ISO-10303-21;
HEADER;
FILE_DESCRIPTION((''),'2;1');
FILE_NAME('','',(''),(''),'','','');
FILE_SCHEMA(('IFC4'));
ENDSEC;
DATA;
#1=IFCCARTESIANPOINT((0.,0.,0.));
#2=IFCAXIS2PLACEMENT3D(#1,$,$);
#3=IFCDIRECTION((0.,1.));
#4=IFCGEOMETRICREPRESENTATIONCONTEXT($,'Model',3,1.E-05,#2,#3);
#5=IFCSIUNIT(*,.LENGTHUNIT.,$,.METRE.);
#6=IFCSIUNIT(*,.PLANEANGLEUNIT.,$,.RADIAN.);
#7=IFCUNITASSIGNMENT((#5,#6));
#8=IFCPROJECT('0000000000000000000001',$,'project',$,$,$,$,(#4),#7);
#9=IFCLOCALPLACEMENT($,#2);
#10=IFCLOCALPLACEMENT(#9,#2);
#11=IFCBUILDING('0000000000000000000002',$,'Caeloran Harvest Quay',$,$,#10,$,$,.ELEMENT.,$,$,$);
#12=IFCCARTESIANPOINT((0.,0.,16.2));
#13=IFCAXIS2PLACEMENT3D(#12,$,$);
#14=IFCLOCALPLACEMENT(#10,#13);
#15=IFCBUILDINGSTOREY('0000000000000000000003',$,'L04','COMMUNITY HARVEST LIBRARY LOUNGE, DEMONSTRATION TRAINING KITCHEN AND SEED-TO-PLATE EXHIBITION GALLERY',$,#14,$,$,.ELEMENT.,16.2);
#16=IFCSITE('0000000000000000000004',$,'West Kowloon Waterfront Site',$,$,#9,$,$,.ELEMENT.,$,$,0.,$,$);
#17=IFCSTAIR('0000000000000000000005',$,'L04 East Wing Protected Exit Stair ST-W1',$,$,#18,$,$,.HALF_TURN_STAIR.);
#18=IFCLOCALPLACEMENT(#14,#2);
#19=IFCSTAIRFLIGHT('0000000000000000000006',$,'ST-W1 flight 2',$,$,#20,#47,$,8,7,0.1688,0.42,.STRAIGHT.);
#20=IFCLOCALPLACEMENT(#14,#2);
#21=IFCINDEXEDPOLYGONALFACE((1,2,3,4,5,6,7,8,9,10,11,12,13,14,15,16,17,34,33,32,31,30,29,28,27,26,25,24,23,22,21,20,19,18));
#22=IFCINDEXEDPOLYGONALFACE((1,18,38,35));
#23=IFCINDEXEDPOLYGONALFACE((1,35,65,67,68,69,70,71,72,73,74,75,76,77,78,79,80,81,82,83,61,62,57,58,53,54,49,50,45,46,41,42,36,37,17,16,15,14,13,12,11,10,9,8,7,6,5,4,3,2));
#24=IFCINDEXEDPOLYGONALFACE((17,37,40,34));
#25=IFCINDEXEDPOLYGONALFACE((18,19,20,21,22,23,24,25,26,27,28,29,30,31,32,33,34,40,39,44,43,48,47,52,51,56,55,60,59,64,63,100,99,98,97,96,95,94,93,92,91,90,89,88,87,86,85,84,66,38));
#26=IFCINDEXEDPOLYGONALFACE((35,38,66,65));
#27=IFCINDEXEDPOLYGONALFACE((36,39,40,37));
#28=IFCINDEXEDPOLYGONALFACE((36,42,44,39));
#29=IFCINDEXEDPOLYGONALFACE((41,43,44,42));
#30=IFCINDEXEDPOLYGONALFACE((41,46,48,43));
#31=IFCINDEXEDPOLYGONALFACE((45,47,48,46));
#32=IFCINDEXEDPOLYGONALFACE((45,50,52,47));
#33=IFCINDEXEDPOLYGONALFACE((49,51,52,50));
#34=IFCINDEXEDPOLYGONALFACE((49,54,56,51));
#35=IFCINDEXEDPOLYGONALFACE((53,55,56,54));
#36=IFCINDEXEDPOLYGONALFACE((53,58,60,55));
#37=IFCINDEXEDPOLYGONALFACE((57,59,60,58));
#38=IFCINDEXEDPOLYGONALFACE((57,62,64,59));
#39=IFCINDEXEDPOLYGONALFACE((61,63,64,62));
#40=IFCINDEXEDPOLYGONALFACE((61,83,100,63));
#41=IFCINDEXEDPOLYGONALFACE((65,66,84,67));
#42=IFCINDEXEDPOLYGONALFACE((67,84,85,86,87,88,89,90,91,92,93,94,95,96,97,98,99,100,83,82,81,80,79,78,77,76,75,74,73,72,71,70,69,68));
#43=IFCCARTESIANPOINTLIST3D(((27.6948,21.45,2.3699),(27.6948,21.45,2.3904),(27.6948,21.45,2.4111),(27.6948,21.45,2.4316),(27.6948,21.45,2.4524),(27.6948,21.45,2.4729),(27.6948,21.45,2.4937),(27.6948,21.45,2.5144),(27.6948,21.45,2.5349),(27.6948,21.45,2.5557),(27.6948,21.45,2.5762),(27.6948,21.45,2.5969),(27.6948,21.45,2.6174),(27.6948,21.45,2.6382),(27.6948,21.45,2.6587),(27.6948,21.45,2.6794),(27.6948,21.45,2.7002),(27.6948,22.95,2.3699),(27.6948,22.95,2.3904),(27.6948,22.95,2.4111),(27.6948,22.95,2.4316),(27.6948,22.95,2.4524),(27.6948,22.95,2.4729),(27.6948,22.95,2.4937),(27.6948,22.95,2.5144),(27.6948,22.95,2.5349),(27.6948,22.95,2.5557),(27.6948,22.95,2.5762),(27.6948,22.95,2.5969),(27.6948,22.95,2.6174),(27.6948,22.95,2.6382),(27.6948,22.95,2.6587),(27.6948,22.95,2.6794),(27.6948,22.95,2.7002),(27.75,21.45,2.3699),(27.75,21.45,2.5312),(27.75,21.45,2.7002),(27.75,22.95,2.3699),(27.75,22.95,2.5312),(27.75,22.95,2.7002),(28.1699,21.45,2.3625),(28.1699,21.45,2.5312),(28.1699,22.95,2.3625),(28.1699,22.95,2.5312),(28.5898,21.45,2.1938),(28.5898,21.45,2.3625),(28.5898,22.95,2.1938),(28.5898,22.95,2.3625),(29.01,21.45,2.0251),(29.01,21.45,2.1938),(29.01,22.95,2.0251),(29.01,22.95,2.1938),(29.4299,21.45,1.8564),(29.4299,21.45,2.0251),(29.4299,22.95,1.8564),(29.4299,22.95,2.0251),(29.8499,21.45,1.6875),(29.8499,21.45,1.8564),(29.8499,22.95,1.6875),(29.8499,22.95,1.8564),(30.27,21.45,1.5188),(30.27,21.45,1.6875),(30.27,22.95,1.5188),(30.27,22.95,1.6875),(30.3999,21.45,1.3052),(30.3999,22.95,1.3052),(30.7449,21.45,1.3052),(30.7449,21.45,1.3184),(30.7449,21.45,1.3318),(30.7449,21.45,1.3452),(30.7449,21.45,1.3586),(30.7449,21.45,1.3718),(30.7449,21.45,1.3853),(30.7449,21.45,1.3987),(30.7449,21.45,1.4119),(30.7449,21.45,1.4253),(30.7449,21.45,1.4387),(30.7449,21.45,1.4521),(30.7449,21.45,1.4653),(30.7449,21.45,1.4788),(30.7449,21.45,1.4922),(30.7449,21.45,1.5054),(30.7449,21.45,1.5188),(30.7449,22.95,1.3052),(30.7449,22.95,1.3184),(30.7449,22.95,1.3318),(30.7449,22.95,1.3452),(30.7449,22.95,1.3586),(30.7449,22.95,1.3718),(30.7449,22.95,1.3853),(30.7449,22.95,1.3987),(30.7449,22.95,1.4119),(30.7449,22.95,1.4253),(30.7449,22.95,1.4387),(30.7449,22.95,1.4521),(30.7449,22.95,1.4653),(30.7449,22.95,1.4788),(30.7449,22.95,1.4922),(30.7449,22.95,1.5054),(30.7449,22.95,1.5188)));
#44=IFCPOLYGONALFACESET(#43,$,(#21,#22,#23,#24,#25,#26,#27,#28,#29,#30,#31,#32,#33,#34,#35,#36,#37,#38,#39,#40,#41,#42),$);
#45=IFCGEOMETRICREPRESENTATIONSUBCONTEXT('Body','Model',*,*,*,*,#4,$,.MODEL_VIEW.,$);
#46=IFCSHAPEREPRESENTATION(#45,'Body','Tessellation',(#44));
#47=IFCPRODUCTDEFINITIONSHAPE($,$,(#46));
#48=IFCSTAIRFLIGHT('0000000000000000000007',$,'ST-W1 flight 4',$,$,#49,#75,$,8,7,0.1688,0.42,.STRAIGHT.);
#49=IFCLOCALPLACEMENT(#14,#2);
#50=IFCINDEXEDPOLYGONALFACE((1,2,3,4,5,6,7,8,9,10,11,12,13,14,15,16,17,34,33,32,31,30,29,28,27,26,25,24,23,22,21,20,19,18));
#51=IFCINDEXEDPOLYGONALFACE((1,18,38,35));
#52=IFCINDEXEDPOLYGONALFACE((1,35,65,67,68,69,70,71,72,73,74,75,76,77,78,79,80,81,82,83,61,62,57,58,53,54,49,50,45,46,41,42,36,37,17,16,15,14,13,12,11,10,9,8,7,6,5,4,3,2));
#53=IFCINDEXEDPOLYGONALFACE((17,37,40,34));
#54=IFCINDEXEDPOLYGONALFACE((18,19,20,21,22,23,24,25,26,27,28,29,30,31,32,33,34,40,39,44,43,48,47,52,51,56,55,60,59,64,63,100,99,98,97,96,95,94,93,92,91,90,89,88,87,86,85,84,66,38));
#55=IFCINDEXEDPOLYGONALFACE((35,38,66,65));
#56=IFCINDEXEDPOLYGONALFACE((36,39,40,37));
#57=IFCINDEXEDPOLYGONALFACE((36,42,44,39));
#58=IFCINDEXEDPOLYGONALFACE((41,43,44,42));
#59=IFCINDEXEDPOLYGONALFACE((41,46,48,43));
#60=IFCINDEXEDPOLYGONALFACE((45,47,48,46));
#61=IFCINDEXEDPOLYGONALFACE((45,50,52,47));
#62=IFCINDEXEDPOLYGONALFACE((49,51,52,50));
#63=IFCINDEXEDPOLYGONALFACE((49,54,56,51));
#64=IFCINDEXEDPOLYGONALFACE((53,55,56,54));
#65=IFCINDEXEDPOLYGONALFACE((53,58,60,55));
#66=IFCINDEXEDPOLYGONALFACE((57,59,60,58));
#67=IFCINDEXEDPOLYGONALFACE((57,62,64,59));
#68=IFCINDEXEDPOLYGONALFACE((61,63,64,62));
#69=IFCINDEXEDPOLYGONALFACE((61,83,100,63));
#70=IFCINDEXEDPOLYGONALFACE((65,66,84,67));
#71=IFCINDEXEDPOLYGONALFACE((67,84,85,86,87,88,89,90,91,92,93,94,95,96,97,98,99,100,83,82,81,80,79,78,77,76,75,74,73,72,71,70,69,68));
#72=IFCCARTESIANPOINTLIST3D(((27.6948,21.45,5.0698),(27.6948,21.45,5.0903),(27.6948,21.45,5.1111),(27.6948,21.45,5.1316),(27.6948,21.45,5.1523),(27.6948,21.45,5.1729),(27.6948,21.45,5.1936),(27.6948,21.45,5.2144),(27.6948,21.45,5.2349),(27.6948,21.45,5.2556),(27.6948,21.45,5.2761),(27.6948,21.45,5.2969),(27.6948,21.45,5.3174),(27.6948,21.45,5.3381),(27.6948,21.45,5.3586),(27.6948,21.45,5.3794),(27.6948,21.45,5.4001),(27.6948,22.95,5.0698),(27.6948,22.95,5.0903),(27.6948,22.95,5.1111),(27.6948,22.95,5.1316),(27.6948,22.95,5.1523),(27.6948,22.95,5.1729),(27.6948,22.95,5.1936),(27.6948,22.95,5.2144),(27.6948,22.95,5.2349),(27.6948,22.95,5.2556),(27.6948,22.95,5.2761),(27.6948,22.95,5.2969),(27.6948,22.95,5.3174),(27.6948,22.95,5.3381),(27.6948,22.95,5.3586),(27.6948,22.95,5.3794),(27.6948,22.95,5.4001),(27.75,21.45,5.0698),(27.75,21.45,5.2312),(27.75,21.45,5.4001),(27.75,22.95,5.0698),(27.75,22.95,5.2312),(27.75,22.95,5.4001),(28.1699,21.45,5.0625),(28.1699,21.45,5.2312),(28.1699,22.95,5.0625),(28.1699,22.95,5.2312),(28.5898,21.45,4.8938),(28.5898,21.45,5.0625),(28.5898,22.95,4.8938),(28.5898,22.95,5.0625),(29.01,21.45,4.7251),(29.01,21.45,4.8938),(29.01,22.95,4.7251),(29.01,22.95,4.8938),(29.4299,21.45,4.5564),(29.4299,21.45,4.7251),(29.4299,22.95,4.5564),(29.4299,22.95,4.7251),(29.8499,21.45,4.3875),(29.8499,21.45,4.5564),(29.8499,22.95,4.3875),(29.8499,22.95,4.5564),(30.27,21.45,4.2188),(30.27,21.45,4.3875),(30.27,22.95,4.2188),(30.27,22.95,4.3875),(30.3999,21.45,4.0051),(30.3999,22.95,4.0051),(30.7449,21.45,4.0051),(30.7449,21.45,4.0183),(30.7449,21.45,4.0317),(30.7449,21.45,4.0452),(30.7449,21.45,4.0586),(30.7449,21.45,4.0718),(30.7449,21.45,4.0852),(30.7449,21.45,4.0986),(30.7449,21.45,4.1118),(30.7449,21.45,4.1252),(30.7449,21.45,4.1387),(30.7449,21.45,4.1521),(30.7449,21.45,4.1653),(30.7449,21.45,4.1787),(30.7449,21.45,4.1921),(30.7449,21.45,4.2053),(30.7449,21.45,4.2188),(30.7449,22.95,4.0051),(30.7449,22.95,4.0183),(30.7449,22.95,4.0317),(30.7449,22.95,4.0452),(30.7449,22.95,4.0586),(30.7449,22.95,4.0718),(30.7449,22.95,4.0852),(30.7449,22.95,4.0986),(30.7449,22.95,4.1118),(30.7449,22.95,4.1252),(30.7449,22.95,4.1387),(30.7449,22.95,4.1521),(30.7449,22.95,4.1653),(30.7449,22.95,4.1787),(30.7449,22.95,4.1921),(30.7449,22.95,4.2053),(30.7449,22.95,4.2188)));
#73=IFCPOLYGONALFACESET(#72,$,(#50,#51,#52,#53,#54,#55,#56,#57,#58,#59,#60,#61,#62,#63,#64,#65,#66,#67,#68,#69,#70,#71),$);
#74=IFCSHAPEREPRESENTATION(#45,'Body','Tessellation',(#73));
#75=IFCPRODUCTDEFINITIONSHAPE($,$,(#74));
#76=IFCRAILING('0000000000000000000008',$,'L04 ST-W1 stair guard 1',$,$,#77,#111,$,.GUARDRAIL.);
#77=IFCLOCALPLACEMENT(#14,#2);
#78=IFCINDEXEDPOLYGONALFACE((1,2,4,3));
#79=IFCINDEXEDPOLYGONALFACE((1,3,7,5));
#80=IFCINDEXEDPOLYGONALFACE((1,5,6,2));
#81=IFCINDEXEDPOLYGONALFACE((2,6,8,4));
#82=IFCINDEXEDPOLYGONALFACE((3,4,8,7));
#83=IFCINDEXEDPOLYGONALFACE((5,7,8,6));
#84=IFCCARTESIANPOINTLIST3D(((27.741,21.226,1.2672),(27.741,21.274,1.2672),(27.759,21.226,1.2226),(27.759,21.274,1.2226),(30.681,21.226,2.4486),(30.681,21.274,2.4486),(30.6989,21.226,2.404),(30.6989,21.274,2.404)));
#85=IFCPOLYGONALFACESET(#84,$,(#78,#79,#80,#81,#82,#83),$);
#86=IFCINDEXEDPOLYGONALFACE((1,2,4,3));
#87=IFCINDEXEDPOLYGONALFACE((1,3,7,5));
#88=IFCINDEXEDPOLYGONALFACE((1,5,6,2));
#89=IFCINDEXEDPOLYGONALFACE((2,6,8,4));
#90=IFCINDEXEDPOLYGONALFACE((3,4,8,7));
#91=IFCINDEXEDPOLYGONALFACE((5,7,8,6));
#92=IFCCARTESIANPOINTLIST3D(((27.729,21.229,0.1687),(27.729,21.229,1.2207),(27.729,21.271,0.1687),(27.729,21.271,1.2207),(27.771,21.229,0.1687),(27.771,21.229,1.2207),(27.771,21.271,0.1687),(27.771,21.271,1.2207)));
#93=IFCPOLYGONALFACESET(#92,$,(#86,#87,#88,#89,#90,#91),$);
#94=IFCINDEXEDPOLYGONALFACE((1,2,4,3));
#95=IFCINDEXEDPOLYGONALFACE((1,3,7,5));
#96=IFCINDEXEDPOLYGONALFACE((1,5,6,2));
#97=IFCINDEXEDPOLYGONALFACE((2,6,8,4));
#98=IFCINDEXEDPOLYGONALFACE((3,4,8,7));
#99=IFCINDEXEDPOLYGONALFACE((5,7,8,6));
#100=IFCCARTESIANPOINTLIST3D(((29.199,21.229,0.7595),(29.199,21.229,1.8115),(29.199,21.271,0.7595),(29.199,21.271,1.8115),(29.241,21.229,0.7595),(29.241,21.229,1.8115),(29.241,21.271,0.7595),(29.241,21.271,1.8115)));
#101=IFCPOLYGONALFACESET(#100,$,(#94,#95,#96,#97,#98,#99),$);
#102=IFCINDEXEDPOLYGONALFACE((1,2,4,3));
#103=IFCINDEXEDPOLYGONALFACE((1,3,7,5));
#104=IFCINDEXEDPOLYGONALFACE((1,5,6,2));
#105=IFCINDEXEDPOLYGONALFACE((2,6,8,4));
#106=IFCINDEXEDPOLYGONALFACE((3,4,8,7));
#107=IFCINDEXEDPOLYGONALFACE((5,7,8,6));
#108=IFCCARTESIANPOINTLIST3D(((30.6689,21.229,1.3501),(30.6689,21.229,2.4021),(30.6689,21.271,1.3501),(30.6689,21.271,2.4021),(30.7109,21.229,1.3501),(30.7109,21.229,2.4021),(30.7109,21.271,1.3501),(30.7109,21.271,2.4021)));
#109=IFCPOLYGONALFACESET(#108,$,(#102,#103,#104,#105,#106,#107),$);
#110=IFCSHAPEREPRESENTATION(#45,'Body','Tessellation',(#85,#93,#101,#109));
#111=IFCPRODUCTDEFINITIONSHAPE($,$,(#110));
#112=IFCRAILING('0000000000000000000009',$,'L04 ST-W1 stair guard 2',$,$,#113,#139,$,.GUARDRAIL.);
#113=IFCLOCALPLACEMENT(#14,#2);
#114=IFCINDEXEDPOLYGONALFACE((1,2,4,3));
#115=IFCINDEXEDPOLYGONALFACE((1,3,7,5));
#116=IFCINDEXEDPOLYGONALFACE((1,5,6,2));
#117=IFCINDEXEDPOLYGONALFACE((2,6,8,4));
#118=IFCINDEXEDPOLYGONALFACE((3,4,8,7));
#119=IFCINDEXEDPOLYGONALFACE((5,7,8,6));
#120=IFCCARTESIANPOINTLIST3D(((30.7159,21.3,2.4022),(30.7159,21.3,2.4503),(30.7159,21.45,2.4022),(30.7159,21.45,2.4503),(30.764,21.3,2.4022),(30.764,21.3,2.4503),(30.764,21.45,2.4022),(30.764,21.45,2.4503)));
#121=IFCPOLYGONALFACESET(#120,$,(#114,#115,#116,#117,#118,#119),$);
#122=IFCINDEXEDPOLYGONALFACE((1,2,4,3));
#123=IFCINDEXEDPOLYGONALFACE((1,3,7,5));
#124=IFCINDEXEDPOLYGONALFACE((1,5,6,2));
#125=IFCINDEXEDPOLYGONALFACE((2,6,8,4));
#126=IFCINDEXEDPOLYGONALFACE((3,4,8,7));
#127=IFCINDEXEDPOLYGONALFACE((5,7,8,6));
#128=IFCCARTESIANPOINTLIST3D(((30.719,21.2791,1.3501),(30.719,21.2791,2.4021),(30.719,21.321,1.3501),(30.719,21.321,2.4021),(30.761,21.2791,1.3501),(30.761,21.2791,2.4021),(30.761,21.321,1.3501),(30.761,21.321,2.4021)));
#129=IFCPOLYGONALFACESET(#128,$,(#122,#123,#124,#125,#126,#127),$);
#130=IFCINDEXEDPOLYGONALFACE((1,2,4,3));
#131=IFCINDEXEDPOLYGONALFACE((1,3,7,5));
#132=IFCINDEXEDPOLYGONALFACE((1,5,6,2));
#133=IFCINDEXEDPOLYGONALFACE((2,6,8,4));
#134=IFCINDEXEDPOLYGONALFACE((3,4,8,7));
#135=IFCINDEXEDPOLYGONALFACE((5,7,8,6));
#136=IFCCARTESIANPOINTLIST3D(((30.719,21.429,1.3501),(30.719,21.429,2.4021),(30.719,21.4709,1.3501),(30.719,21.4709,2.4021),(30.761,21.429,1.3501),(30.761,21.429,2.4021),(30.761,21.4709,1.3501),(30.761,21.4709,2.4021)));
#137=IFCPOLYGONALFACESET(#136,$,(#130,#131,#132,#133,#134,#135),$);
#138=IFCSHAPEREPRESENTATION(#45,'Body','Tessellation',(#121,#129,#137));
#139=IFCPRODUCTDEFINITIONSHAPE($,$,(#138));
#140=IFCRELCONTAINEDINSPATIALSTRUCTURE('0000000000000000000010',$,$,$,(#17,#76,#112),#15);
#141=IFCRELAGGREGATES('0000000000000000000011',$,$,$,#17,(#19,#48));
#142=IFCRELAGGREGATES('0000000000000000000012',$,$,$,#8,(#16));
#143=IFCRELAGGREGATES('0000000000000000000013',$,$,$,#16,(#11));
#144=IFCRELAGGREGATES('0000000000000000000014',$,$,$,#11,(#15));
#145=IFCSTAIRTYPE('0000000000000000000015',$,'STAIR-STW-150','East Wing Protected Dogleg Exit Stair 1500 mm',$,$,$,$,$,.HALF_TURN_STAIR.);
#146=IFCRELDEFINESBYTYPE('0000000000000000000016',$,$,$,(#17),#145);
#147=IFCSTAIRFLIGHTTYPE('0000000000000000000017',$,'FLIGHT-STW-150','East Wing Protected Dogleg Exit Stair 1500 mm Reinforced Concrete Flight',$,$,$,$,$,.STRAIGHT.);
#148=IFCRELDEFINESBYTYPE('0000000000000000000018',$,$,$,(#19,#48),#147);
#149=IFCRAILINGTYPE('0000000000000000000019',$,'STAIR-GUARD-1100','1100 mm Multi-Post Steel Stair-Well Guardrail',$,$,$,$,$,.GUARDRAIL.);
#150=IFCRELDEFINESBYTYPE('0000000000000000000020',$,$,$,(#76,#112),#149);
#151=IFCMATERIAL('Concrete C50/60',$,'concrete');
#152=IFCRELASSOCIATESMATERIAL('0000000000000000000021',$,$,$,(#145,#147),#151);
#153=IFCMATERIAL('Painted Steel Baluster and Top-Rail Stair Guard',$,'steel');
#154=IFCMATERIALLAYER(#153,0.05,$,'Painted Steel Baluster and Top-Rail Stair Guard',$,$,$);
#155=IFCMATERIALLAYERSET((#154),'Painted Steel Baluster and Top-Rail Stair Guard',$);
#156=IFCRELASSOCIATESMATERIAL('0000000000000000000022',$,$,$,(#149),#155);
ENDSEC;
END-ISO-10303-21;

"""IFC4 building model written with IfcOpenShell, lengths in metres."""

from ifc_helpers import new_model, si_unit, direction, frame, origin, origin_2d, place, context, subcontext, project, spatial, polyline, rectangle, outline, extrude, material, layer, layer_set, type_object, element, aggregate, save


model = new_model("IFC4")

# Units and contexts
model_context = context("Model", 3, precision=1e-05, world=origin(), true_north=direction((0.0, 1.0)))
body_context = subcontext(model_context, "Body", "Model", "MODEL_VIEW")
ifc_project = project(units=[si_unit("LENGTHUNIT", "METRE"), si_unit("PLANEANGLEUNIT", "RADIAN")], contexts=[model_context])

# Site, building, storey
site_placement = place(None, origin())
site = spatial("IfcSite", under=ifc_project, at=site_placement, Name="West Kowloon Waterfront Site", CompositionType="ELEMENT", RefElevation=0.0)
building_placement = place(site_placement, origin())
building = spatial("IfcBuilding", under=site, at=building_placement, Name="Caeloran Harvest Quay", CompositionType="ELEMENT")
storey_placement = place(building_placement, frame((0.0, 0.0, 16.2)))
storey = spatial("IfcBuildingStorey", under=building, at=storey_placement, Name="L04", Description="COMMUNITY HARVEST LIBRARY LOUNGE, DEMONSTRATION TRAINING KITCHEN AND SEED-TO-PLATE EXHIBITION GALLERY", CompositionType="ELEMENT", Elevation=16.2)

# Stair, stair flights
ifc_material_1 = material(Name="Concrete C50/60", Category="concrete")
stair_type_1 = type_object("IfcStairType", Name="STAIR-STW-150", Description="East Wing Protected Dogleg Exit Stair 1500 mm", PredefinedType="HALF_TURN_STAIR", material=ifc_material_1)
stair_1_placement = place(storey_placement, origin())
stair_1 = element("IfcStair", 1, at=stair_1_placement, inside=storey, type_object=stair_type_1, Name="L04 East Wing Protected Exit Stair ST-W1", PredefinedType="HALF_TURN_STAIR")
stair_flight_type_1 = type_object("IfcStairFlightType", Name="FLIGHT-STW-150", Description="East Wing Protected Dogleg Exit Stair 1500 mm Reinforced Concrete Flight", PredefinedType="STRAIGHT", material=ifc_material_1)
stair_flight_1_placement = place(storey_placement, frame((30.6899, 22.2, 1.3501), z_axis=(0.0, 0.0, 1.0), x_axis=(-1.0, 0.0, 0.0)))
stair_flight_1 = element("IfcStairFlight", 2, at=stair_flight_1_placement, type_object=stair_flight_type_1, Name="ST-W1 flight 2", NumberOfRisers=8, NumberOfTreads=7, PredefinedType="STRAIGHT", RiserHeight=0.1688, TreadLength=0.42, context=body_context, shape_type="SweptSolid", body=[
    extrude(outline(polyline([(-0.0549, -0.0449), (-0.0549, -0.0317), (-0.0549, -0.0183), (-0.0549, -0.0049), (-0.0549, 0.0085), (-0.0549, 0.0217), (-0.0549, 0.0352), (-0.0549, 0.0486), (-0.0549, 0.0618), (-0.0549, 0.0752), (-0.0549, 0.0886), (-0.0549, 0.1021), (-0.0549, 0.1152), (-0.0549, 0.1287), (-0.0549, 0.1421), (-0.0549, 0.1553), (-0.0549, 0.1687), (0.4199, 0.1687), (0.4199, 0.3374), (0.8401, 0.3374), (0.8401, 0.5063), (1.26, 0.5063), (1.26, 0.675), (1.6799, 0.675), (1.6799, 0.8438), (2.1001, 0.8438), (2.1001, 1.0125), (2.52, 1.0125), (2.52, 1.1812), (2.9399, 1.1812), (2.9399, 1.3501), (2.9951, 1.3501), (2.9951, 1.3293), (2.9951, 1.3086), (2.9951, 1.2881), (2.9951, 1.2673), (2.9951, 1.2468), (2.9951, 1.2261), (2.9951, 1.2056), (2.9951, 1.1848), (2.9951, 1.1643), (2.9951, 1.1436), (2.9951, 1.1228), (2.9951, 1.1023), (2.9951, 1.0815), (2.9951, 1.061), (2.9951, 1.0403), (2.9951, 1.0198), (2.9399, 1.0198), (0.29, -0.0449), (-0.0549, -0.0449)])), frame((0.0, 0.75, 0.0), z_axis=(0.0, -1.0, 0.0), x_axis=(1.0, 0.0, 0.0)), (0.0, 0.0, 1.0), 1.5),
])
stair_flight_2_placement = place(storey_placement, frame((30.6899, 22.2, 4.05), z_axis=(0.0, 0.0, 1.0), x_axis=(-1.0, 0.0, 0.0)))
stair_flight_2 = element("IfcStairFlight", 3, at=stair_flight_2_placement, type_object=stair_flight_type_1, Name="ST-W1 flight 4", NumberOfRisers=8, NumberOfTreads=7, PredefinedType="STRAIGHT", RiserHeight=0.1688, TreadLength=0.42, context=body_context, shape_type="SweptSolid", body=[
    extrude(outline(polyline([(-0.0549, -0.0449), (-0.0549, -0.0317), (-0.0549, -0.0183), (-0.0549, -0.0049), (-0.0549, 0.0085), (-0.0549, 0.0217), (-0.0549, 0.0352), (-0.0549, 0.0486), (-0.0549, 0.0618), (-0.0549, 0.0752), (-0.0549, 0.0886), (-0.0549, 0.1021), (-0.0549, 0.1152), (-0.0549, 0.1287), (-0.0549, 0.1421), (-0.0549, 0.1553), (-0.0549, 0.1687), (0.4199, 0.1687), (0.4199, 0.3374), (0.8401, 0.3374), (0.8401, 0.5063), (1.26, 0.5063), (1.26, 0.675), (1.6799, 0.675), (1.6799, 0.8438), (2.1001, 0.8438), (2.1001, 1.0125), (2.52, 1.0125), (2.52, 1.1812), (2.9399, 1.1812), (2.9399, 1.3501), (2.9951, 1.3501), (2.9951, 1.3293), (2.9951, 1.3086), (2.9951, 1.2881), (2.9951, 1.2673), (2.9951, 1.2468), (2.9951, 1.2261), (2.9951, 1.2056), (2.9951, 1.1848), (2.9951, 1.1643), (2.9951, 1.1436), (2.9951, 1.1228), (2.9951, 1.1023), (2.9951, 1.0815), (2.9951, 1.061), (2.9951, 1.0403), (2.9951, 1.0198), (2.9399, 1.0198), (0.29, -0.0449), (-0.0549, -0.0449)])), frame((0.0, 0.75, 0.0), z_axis=(0.0, -1.0, 0.0), x_axis=(1.0, 0.0, 0.0)), (0.0, 0.0, 1.0), 1.5),
])
aggregate(stair_1, [stair_flight_1, stair_flight_2])

# Railings
ifc_material_2 = material(Name="Painted Steel Baluster and Top-Rail Stair Guard", Category="steel")
ifc_layer_1 = layer(ifc_material_2, 0.05, Name="Painted Steel Baluster and Top-Rail Stair Guard")
ifc_layer_set_1 = layer_set([ifc_layer_1], Name="Painted Steel Baluster and Top-Rail Stair Guard")
railing_type_1 = type_object("IfcRailingType", Name="STAIR-GUARD-1100", Description="1100 mm Multi-Post Steel Stair-Well Guardrail", PredefinedType="GUARDRAIL", material=ifc_layer_set_1)
railing_1_placement = place(storey_placement, frame((27.75, 21.25, 0.1687)))
element("IfcRailing", 4, at=railing_1_placement, inside=storey, type_object=railing_type_1, Name="L04 ST-W1 stair guard 1", PredefinedType="GUARDRAIL", context=body_context, shape_type="SweptSolid", body=[
    extrude(rectangle(XDim=0.0481, YDim=0.0481, at=origin_2d()), frame((0.0, 0.0, 1.0762), z_axis=(0.927886, 0.0, 0.372865), x_axis=(0.0, 1.0, 0.0)), (0.0, 0.0, 1.0), 3.1685),
    extrude(rectangle(XDim=0.042, YDim=0.042, at=origin_2d()), origin(), (0.0, 0.0, 1.0), 1.052),
    extrude(rectangle(XDim=0.042, YDim=0.042, at=origin_2d()), frame((1.47, 0.0, 0.5908)), (0.0, 0.0, 1.0), 1.052),
    extrude(rectangle(XDim=0.042, YDim=0.042, at=origin_2d()), frame((2.9399, 0.0, 1.1814)), (0.0, 0.0, 1.0), 1.052),
])
railing_2_placement = place(storey_placement, frame((30.74, 21.3, 1.3501)))
element("IfcRailing", 5, at=railing_2_placement, inside=storey, type_object=railing_type_1, Name="L04 ST-W1 stair guard 2", PredefinedType="GUARDRAIL", context=body_context, shape_type="SweptSolid", body=[
    extrude(rectangle(XDim=0.0481, YDim=0.0481, at=origin_2d()), frame((0.0, 0.0, 1.0762), z_axis=(0.0, 1.0, 0.0), x_axis=(-1.0, 0.0, 0.0)), (0.0, 0.0, 1.0), 0.1499),
    extrude(rectangle(XDim=0.042, YDim=0.042, at=origin_2d()), origin(), (0.0, 0.0, 1.0), 1.052),
    extrude(rectangle(XDim=0.042, YDim=0.042, at=origin_2d()), frame((0.0, 0.1499, 0.0)), (0.0, 0.0, 1.0), 1.052),
])

save(model, "model.ifc")
